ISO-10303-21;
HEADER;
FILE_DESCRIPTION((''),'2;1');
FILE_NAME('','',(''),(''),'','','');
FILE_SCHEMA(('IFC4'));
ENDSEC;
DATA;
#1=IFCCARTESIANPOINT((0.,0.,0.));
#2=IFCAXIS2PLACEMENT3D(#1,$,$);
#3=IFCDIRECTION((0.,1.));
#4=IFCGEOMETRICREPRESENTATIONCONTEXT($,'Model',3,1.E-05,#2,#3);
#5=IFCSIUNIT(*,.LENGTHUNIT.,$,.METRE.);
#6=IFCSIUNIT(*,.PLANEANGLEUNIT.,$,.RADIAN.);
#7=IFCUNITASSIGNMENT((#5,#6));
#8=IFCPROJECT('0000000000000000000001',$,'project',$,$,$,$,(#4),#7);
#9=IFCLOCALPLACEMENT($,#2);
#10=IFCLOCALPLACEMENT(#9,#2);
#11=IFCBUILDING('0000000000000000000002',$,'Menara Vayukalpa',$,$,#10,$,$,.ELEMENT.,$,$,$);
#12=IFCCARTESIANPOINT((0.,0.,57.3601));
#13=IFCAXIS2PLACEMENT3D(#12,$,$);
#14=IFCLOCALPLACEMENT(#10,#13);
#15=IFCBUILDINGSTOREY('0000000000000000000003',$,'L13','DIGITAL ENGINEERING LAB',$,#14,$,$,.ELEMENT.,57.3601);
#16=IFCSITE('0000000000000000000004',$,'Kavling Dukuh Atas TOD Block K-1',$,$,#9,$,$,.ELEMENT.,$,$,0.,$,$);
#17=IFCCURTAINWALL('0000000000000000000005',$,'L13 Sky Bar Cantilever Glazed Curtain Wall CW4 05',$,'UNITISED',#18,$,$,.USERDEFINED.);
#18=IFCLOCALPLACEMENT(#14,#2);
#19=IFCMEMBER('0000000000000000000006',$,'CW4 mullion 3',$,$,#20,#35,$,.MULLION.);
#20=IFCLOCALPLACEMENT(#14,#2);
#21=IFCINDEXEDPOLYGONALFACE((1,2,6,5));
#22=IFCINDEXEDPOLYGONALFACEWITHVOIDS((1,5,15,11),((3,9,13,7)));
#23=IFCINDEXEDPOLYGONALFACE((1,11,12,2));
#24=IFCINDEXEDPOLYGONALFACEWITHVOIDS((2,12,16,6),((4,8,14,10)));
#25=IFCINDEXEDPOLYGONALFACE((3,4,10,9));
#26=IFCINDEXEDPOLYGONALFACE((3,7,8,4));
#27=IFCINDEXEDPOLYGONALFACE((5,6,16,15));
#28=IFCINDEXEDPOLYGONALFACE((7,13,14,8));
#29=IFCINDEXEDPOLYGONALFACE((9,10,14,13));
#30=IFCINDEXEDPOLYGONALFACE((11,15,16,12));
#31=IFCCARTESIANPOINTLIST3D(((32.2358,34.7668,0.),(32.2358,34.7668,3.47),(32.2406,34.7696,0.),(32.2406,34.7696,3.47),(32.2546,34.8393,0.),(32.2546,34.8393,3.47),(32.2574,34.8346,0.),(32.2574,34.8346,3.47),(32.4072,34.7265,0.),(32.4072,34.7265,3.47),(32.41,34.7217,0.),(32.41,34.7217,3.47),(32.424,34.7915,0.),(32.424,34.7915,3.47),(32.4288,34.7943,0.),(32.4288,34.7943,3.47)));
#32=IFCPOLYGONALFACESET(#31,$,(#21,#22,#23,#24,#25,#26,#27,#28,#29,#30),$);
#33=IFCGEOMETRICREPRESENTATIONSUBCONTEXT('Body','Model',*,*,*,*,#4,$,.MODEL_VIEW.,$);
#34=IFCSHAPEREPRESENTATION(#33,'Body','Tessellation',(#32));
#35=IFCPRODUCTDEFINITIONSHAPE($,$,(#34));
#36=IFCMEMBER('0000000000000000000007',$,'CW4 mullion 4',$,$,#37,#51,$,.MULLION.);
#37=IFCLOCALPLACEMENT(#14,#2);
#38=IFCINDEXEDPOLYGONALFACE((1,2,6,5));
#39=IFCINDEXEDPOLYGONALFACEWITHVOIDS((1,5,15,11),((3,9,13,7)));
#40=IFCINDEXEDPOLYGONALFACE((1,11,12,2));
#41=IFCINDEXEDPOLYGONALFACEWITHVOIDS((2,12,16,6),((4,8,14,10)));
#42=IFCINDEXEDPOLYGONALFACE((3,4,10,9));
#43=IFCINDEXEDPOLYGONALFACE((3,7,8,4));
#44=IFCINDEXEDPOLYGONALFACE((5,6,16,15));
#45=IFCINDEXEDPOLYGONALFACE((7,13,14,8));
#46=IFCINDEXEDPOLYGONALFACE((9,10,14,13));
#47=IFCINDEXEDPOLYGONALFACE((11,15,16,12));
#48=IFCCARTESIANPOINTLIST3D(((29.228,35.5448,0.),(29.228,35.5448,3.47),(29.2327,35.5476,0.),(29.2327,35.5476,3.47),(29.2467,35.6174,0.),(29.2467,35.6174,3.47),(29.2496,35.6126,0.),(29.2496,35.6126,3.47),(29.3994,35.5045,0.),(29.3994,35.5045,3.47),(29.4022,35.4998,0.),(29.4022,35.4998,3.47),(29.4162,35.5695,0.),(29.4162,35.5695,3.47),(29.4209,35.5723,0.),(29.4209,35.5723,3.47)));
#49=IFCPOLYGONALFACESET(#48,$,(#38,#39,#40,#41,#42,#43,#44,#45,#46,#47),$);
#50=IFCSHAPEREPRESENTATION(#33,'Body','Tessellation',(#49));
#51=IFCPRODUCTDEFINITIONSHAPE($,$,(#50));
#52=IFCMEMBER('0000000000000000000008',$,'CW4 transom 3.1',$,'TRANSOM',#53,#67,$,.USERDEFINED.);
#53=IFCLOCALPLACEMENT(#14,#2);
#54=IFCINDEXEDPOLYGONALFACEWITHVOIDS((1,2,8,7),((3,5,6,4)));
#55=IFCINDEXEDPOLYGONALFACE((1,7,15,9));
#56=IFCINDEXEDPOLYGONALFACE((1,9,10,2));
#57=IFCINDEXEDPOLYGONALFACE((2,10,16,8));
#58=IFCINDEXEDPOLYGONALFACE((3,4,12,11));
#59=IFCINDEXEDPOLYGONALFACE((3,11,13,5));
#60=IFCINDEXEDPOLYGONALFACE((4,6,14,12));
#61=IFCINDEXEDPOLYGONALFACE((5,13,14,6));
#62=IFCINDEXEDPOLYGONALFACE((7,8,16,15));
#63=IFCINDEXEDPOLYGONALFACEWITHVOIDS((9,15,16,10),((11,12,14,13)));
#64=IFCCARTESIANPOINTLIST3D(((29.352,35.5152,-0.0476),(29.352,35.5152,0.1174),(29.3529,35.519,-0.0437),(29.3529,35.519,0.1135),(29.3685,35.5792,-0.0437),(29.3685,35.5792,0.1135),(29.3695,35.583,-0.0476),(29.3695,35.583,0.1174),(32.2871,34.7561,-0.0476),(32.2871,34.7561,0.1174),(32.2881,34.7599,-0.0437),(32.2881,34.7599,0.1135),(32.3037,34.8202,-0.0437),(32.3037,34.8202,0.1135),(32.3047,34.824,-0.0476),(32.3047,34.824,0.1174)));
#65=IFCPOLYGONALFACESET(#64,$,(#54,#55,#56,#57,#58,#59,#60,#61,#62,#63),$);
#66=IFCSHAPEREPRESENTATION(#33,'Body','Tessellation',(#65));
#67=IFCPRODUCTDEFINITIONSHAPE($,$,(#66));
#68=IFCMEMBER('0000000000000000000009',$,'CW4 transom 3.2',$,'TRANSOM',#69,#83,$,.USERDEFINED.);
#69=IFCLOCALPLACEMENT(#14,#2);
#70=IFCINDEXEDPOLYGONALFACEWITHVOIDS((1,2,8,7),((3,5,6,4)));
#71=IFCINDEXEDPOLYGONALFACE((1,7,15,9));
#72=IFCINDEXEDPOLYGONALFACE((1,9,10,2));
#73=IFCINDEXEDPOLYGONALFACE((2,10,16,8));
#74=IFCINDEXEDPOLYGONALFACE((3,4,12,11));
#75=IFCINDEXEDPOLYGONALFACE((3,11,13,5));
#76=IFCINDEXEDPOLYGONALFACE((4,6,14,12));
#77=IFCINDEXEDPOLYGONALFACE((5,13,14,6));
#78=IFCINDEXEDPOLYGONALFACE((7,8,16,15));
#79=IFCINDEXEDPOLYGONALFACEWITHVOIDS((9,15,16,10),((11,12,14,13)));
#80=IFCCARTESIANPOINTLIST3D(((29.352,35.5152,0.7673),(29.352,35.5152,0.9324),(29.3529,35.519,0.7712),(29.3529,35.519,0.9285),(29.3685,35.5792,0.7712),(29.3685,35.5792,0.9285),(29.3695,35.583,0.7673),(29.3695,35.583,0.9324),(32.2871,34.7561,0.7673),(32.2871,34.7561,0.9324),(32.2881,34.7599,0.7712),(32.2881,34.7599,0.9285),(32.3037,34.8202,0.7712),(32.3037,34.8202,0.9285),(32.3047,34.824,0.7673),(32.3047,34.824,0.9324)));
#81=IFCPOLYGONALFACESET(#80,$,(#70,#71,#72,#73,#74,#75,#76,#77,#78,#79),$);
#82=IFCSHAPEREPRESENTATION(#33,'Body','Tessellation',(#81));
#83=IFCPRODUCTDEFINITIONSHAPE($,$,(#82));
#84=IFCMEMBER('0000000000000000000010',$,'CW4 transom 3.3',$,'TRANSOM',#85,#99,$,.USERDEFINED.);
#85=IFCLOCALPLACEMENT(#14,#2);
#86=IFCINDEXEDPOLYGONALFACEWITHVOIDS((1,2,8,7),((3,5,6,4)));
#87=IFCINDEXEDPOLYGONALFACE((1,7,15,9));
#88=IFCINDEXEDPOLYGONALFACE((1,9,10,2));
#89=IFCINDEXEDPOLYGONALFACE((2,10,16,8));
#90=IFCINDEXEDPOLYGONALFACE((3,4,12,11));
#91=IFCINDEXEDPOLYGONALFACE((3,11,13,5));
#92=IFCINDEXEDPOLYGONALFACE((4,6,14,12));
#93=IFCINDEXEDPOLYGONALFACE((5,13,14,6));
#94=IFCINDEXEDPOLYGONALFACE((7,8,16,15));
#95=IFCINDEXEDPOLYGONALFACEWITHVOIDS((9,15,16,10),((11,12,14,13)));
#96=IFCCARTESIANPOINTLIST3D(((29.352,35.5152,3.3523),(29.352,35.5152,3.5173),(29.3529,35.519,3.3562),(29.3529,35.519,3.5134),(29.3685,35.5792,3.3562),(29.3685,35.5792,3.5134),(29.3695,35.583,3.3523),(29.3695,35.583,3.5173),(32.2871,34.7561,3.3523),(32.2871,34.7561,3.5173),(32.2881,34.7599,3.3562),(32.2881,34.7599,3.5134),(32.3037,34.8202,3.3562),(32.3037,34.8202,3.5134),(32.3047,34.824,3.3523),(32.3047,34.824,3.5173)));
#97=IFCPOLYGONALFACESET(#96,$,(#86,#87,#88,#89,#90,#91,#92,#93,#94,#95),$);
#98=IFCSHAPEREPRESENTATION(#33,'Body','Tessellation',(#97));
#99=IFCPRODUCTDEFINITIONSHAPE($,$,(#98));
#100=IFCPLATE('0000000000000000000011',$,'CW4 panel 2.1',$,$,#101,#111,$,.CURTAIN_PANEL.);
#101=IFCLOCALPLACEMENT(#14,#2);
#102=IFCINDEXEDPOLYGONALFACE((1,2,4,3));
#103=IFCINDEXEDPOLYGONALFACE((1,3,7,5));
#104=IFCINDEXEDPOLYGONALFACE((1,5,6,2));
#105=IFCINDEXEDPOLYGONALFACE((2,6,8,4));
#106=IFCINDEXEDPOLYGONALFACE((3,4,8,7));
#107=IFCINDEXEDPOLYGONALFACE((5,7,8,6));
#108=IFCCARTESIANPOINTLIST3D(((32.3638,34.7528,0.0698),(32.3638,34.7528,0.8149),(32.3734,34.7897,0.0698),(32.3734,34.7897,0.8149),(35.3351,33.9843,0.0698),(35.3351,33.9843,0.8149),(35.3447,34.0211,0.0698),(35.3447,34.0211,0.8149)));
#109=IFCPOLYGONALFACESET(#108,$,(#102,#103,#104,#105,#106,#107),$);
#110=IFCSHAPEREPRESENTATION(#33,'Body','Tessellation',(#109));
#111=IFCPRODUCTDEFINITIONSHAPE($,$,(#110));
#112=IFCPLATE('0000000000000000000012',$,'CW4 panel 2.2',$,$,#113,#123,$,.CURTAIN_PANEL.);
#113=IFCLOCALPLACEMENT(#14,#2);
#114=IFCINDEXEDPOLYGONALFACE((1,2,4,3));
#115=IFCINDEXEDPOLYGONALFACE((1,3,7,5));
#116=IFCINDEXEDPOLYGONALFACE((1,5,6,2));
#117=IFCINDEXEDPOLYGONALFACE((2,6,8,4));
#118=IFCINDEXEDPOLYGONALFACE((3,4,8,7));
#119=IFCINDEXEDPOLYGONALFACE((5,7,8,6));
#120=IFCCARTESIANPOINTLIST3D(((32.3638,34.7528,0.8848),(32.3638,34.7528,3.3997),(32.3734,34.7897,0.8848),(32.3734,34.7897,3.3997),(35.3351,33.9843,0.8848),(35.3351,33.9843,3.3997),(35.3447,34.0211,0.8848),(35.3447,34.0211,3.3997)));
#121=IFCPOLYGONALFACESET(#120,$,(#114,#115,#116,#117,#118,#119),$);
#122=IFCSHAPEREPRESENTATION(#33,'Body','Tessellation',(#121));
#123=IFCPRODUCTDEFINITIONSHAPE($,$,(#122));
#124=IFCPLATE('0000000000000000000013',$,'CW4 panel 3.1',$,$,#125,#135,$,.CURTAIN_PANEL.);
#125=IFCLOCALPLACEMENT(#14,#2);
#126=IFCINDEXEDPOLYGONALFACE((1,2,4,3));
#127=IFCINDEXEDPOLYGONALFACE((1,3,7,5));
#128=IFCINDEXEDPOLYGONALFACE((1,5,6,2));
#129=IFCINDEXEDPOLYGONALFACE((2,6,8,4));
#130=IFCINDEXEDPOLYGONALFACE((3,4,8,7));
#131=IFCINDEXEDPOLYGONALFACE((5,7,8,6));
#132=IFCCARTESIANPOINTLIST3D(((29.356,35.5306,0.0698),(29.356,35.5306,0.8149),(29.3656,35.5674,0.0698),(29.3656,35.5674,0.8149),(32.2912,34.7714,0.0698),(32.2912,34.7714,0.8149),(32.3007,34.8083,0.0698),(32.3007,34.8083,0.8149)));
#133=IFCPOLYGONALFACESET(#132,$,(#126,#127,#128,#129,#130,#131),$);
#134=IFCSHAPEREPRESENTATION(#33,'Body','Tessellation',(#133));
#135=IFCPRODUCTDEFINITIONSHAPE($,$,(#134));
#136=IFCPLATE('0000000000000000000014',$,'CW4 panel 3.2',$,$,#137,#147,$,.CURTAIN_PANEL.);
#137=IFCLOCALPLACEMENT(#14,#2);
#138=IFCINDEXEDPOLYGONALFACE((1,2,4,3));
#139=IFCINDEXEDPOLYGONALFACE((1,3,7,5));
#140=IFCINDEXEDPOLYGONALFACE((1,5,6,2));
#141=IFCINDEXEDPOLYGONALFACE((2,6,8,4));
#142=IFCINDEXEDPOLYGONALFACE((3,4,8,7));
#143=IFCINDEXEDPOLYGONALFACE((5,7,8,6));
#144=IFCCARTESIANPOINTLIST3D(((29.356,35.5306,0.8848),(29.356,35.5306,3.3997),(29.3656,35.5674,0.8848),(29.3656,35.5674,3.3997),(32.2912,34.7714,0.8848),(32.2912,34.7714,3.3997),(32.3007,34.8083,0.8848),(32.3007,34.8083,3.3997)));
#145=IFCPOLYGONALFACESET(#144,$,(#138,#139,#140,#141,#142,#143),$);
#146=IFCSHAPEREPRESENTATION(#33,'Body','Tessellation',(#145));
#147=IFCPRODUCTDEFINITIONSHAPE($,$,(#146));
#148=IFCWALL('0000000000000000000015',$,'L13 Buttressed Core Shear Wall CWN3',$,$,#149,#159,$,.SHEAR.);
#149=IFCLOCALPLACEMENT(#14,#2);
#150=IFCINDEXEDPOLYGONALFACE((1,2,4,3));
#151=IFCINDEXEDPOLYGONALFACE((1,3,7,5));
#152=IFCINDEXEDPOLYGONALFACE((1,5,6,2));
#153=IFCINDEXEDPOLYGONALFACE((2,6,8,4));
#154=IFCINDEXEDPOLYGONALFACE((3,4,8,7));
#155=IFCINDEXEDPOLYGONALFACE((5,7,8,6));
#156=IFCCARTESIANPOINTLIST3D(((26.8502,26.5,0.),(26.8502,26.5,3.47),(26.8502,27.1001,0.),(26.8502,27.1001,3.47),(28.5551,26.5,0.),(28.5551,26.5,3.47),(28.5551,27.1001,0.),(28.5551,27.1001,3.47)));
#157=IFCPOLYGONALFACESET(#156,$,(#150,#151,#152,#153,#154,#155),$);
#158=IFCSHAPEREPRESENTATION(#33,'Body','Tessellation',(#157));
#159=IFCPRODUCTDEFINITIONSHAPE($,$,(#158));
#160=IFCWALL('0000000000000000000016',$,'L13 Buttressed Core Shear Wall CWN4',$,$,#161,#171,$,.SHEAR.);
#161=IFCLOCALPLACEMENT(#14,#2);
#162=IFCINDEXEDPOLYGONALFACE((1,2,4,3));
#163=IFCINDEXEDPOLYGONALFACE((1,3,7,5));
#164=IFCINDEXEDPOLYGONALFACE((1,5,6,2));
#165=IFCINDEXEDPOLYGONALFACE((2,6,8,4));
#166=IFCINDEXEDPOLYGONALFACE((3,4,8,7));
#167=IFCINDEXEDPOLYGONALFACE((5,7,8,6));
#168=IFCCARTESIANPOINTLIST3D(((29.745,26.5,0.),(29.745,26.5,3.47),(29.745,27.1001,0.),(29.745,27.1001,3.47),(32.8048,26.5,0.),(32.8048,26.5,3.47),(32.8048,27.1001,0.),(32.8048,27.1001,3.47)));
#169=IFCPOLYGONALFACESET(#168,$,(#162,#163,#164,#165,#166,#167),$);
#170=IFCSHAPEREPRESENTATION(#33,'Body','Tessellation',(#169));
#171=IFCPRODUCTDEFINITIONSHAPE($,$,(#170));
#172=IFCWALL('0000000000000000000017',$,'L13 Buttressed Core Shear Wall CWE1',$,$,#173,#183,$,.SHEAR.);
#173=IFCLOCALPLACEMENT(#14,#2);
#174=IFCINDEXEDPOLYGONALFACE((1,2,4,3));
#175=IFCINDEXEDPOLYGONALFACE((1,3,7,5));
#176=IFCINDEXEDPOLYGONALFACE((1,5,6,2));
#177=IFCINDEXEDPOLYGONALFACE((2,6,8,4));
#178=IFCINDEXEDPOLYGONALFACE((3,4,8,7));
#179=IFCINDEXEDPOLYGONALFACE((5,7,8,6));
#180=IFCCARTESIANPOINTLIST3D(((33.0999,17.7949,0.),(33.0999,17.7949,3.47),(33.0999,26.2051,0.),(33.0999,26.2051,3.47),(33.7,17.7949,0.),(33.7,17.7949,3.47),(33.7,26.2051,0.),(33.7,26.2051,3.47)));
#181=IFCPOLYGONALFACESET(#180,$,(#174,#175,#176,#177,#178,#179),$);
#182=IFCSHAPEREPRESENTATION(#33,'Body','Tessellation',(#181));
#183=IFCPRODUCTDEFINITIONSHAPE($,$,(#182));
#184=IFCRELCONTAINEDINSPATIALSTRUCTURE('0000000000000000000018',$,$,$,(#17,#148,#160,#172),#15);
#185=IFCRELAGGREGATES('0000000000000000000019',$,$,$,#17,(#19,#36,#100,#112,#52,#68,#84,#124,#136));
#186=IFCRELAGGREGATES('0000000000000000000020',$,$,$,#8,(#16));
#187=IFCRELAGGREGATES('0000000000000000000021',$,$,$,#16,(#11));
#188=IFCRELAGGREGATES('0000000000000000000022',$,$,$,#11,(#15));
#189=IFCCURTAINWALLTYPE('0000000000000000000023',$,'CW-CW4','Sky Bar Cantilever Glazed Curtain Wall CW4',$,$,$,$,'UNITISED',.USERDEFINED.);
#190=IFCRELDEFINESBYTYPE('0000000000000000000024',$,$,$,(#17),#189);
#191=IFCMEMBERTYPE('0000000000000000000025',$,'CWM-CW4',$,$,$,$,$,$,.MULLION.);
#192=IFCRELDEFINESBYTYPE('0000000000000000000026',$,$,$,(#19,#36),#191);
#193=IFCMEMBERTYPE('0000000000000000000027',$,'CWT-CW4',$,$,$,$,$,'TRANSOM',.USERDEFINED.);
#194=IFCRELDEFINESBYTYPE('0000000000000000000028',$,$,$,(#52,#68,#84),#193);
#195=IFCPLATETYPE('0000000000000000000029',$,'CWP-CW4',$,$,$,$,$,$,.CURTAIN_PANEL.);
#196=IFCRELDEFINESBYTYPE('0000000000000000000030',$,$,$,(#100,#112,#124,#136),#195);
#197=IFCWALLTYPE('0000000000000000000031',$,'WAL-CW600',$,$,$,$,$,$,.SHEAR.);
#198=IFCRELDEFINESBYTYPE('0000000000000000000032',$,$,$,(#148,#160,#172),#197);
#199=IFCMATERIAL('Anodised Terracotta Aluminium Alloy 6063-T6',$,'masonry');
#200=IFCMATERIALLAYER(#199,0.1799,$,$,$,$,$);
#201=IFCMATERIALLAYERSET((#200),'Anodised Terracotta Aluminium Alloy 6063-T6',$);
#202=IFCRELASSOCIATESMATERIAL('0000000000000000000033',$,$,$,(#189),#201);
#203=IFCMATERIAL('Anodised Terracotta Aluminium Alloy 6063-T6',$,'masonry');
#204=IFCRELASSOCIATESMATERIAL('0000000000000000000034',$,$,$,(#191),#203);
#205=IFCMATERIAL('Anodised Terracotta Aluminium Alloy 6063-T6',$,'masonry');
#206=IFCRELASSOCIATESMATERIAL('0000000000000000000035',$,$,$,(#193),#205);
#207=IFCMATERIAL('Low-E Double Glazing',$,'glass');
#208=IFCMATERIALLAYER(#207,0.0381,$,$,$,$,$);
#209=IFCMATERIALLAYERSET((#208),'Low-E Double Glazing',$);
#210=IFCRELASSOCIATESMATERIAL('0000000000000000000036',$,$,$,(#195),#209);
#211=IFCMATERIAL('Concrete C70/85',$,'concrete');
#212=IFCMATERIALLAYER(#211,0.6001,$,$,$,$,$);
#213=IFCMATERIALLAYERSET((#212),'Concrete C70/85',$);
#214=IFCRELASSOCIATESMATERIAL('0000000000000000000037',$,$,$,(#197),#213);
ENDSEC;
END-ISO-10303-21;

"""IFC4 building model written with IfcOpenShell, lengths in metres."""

from ifc_helpers import new_model, si_unit, direction, frame, frame_2d, origin, origin_2d, place, context, subcontext, project, spatial, rectangle, hollow_rectangle, extrude, material, layer, layer_set, material_profile, profile_set, type_object, element, aggregate, save


model = new_model("IFC4")

# Units and contexts
model_context = context("Model", 3, precision=1e-05, world=origin(), true_north=direction((0.0, 1.0)))
body_context = subcontext(model_context, "Body", "Model", "MODEL_VIEW")
ifc_project = project(units=[si_unit("LENGTHUNIT", "METRE"), si_unit("PLANEANGLEUNIT", "RADIAN")], contexts=[model_context])

# Site, building, storey
site_placement = place(None, origin())
site = spatial("IfcSite", under=ifc_project, at=site_placement, Name="Kavling Dukuh Atas TOD Block K-1", CompositionType="ELEMENT", RefElevation=0.0)
building_placement = place(site_placement, origin())
building = spatial("IfcBuilding", under=site, at=building_placement, Name="Menara Vayukalpa", CompositionType="ELEMENT")
storey_placement = place(building_placement, frame((0.0, 0.0, 57.3601)))
storey = spatial("IfcBuildingStorey", under=building, at=storey_placement, Name="L13", Description="DIGITAL ENGINEERING LAB", CompositionType="ELEMENT", Elevation=57.3601)

# Curtain wall, members, plates
ifc_material_1 = material(Name="Anodised Terracotta Aluminium Alloy 6063-T6", Category="masonry")
ifc_layer_1 = layer(ifc_material_1, 0.1799)
ifc_layer_set_1 = layer_set([ifc_layer_1], Name="Anodised Terracotta Aluminium Alloy 6063-T6")
curtain_wall_type = type_object("IfcCurtainWallType", Name="CW-CW4", Description="Sky Bar Cantilever Glazed Curtain Wall CW4", ElementType="UNITISED", PredefinedType="USERDEFINED", material=ifc_layer_set_1)
curtain_wall_placement = place(storey_placement, origin())
curtain_wall = element("IfcCurtainWall", 1, at=curtain_wall_placement, inside=storey, type_object=curtain_wall_type, Name="L13 Sky Bar Cantilever Glazed Curtain Wall CW4 05", ObjectType="UNITISED", PredefinedType="USERDEFINED")
ifc_material_2 = material(Name="Anodised Terracotta Aluminium Alloy 6063-T6", Category="masonry")
ifc_material_profile_1 = material_profile(ifc_material_2, hollow_rectangle(XDim=0.075, YDim=0.1799, WallThickness=0.0039, at=origin_2d()), Name="ALU 75x180x4")
ifc_profile_set_1 = profile_set([ifc_material_profile_1], Name="Anodised Terracotta Aluminium Alloy 6063-T6")
member_type_1 = type_object("IfcMemberType", Name="CWM-CW4", PredefinedType="MULLION", material=ifc_profile_set_1)
member_1_placement = place(storey_placement, frame((32.3323, 34.7805, 0.0), z_axis=(0.0, 0.0, 1.0), x_axis=(-0.250403, -0.968142, 0.0)))
member_1 = element("IfcMember", 2, at=member_1_placement, type_object=member_type_1, Name="CW4 mullion 3", PredefinedType="MULLION", context=body_context, shape_type="SweptSolid", body=[
    extrude(hollow_rectangle(XDim=0.075, YDim=0.1799, WallThickness=0.0039, at=origin_2d()), origin(), (0.0, 0.0, 1.0), 3.47),
])
member_2_placement = place(storey_placement, frame((29.3245, 35.5586, 0.0), z_axis=(0.0, 0.0, 1.0), x_axis=(-0.250403, -0.968142, 0.0)))
member_2 = element("IfcMember", 3, at=member_2_placement, type_object=member_type_1, Name="CW4 mullion 4", PredefinedType="MULLION", context=body_context, shape_type="SweptSolid", body=[
    extrude(hollow_rectangle(XDim=0.075, YDim=0.1799, WallThickness=0.0039, at=origin_2d()), origin(), (0.0, 0.0, 1.0), 3.47),
])
ifc_material_3 = material(Name="Anodised Terracotta Aluminium Alloy 6063-T6", Category="masonry")
ifc_material_profile_2 = material_profile(ifc_material_3, hollow_rectangle(XDim=0.0701, YDim=0.165, WallThickness=0.0039, at=origin_2d()), Name="ALU 70x165x4")
ifc_profile_set_2 = profile_set([ifc_material_profile_2], Name="Anodised Terracotta Aluminium Alloy 6063-T6")
member_type_2 = type_object("IfcMemberType", Name="CWT-CW4", ElementType="TRANSOM", PredefinedType="USERDEFINED", material=ifc_profile_set_2)
member_3_placement = place(storey_placement, frame((32.2959, 34.79, 0.0349), z_axis=(-0.96815, 0.250372, 0.0), x_axis=(-0.250372, -0.96815, 0.0)))
member_3 = element("IfcMember", 4, at=member_3_placement, type_object=member_type_2, Name="CW4 transom 3.1", ObjectType="TRANSOM", PredefinedType="USERDEFINED", context=body_context, shape_type="SweptSolid", body=[
    extrude(hollow_rectangle(XDim=0.0701, YDim=0.165, WallThickness=0.0039, at=origin_2d()), origin(), (0.0, 0.0, 1.0), 3.0317),
])
member_4_placement = place(storey_placement, frame((32.2959, 34.79, 0.8499), z_axis=(-0.96815, 0.250372, 0.0), x_axis=(-0.250372, -0.96815, 0.0)))
member_4 = element("IfcMember", 5, at=member_4_placement, type_object=member_type_2, Name="CW4 transom 3.2", ObjectType="TRANSOM", PredefinedType="USERDEFINED", context=body_context, shape_type="SweptSolid", body=[
    extrude(hollow_rectangle(XDim=0.0701, YDim=0.165, WallThickness=0.0039, at=origin_2d()), origin(), (0.0, 0.0, 1.0), 3.0317),
])
member_5_placement = place(storey_placement, frame((32.2959, 34.79, 3.4348), z_axis=(-0.96815, 0.250372, 0.0), x_axis=(-0.250372, -0.96815, 0.0)))
member_5 = element("IfcMember", 6, at=member_5_placement, type_object=member_type_2, Name="CW4 transom 3.3", ObjectType="TRANSOM", PredefinedType="USERDEFINED", context=body_context, shape_type="SweptSolid", body=[
    extrude(hollow_rectangle(XDim=0.0701, YDim=0.165, WallThickness=0.0039, at=origin_2d()), origin(), (0.0, 0.0, 1.0), 3.0317),
])
ifc_material_4 = material(Name="Low-E Double Glazing", Category="glass")
ifc_layer_2 = layer(ifc_material_4, 0.0381)
ifc_layer_set_2 = layer_set([ifc_layer_2], Name="Low-E Double Glazing")
plate_type = type_object("IfcPlateType", Name="CWP-CW4", PredefinedType="CURTAIN_PANEL", material=ifc_layer_set_2)
plate_1_placement = place(storey_placement, frame((33.8542, 34.387, 0.0698), z_axis=(0.0, 0.0, 1.0), x_axis=(-0.968142, 0.250403, 0.0)))
plate_1 = element("IfcPlate", 7, at=plate_1_placement, type_object=plate_type, Name="CW4 panel 2.1", PredefinedType="CURTAIN_PANEL", context=body_context, shape_type="SweptSolid", body=[
    extrude(rectangle(XDim=3.0691, YDim=0.0381, at=origin_2d()), origin(), (0.0, 0.0, 1.0), 0.7451),
])
plate_2_placement = place(storey_placement, frame((33.8542, 34.387, 0.8848), z_axis=(0.0, 0.0, 1.0), x_axis=(-0.968142, 0.250403, 0.0)))
plate_2 = element("IfcPlate", 8, at=plate_2_placement, type_object=plate_type, Name="CW4 panel 2.2", PredefinedType="CURTAIN_PANEL", context=body_context, shape_type="SweptSolid", body=[
    extrude(rectangle(XDim=3.0691, YDim=0.0381, at=origin_2d()), origin(), (0.0, 0.0, 1.0), 2.5149),
])
plate_3_placement = place(storey_placement, frame((30.8284, 35.1694, 0.0698), z_axis=(0.0, 0.0, 1.0), x_axis=(-0.968142, 0.250403, 0.0)))
plate_3 = element("IfcPlate", 9, at=plate_3_placement, type_object=plate_type, Name="CW4 panel 3.1", PredefinedType="CURTAIN_PANEL", context=body_context, shape_type="SweptSolid", body=[
    extrude(rectangle(XDim=3.0317, YDim=0.0381, at=origin_2d()), origin(), (0.0, 0.0, 1.0), 0.7451),
])
plate_4_placement = place(storey_placement, frame((30.8284, 35.1694, 0.8848), z_axis=(0.0, 0.0, 1.0), x_axis=(-0.968142, 0.250403, 0.0)))
plate_4 = element("IfcPlate", 10, at=plate_4_placement, type_object=plate_type, Name="CW4 panel 3.2", PredefinedType="CURTAIN_PANEL", context=body_context, shape_type="SweptSolid", body=[
    extrude(rectangle(XDim=3.0317, YDim=0.0381, at=origin_2d()), origin(), (0.0, 0.0, 1.0), 2.5149),
])
aggregate(curtain_wall, [member_1, member_2, plate_1, plate_2, member_3, member_4, member_5, plate_3, plate_4])

# Walls
ifc_material_5 = material(Name="Concrete C70/85", Category="concrete")
ifc_layer_3 = layer(ifc_material_5, 0.6001)
ifc_layer_set_3 = layer_set([ifc_layer_3], Name="Concrete C70/85")
wall_type_1 = type_object("IfcWallType", Name="WAL-CW600", PredefinedType="SHEAR", material=ifc_layer_set_3)
wall_1_placement = place(storey_placement, frame((26.8501, 26.8, 0.0), z_axis=(0.0, 0.0, 1.0), x_axis=(1.0, 0.0, 0.0)))
element("IfcWall", 11, at=wall_1_placement, inside=storey, type_object=wall_type_1, Name="L13 Buttressed Core Shear Wall CWN3", PredefinedType="SHEAR", context=body_context, shape_type="SweptSolid", body=[
    extrude(rectangle(XDim=1.7048, YDim=0.6001, at=frame_2d((0.8525, 0.0))), origin(), (0.0, 0.0, 1.0), 3.47),
])
wall_2_placement = place(storey_placement, frame((29.7451, 26.8, 0.0), z_axis=(0.0, 0.0, 1.0), x_axis=(1.0, 0.0, 0.0)))
element("IfcWall", 12, at=wall_2_placement, inside=storey, type_object=wall_type_1, Name="L13 Buttressed Core Shear Wall CWN4", PredefinedType="SHEAR", context=body_context, shape_type="SweptSolid", body=[
    extrude(rectangle(XDim=3.0598, YDim=0.6001, at=frame_2d((1.5298, 0.0))), origin(), (0.0, 0.0, 1.0), 3.47),
])
wall_3_placement = place(storey_placement, frame((33.3999, 17.7949, 0.0), z_axis=(0.0, 0.0, 1.0), x_axis=(0.0, 1.0, 0.0)))
element("IfcWall", 13, at=wall_3_placement, inside=storey, type_object=wall_type_1, Name="L13 Buttressed Core Shear Wall CWE1", PredefinedType="SHEAR", context=body_context, shape_type="SweptSolid", body=[
    extrude(rectangle(XDim=8.4102, YDim=0.6001, at=frame_2d((4.2051, 0.0))), origin(), (0.0, 0.0, 1.0), 3.47),
])

save(model, "model.ifc")
